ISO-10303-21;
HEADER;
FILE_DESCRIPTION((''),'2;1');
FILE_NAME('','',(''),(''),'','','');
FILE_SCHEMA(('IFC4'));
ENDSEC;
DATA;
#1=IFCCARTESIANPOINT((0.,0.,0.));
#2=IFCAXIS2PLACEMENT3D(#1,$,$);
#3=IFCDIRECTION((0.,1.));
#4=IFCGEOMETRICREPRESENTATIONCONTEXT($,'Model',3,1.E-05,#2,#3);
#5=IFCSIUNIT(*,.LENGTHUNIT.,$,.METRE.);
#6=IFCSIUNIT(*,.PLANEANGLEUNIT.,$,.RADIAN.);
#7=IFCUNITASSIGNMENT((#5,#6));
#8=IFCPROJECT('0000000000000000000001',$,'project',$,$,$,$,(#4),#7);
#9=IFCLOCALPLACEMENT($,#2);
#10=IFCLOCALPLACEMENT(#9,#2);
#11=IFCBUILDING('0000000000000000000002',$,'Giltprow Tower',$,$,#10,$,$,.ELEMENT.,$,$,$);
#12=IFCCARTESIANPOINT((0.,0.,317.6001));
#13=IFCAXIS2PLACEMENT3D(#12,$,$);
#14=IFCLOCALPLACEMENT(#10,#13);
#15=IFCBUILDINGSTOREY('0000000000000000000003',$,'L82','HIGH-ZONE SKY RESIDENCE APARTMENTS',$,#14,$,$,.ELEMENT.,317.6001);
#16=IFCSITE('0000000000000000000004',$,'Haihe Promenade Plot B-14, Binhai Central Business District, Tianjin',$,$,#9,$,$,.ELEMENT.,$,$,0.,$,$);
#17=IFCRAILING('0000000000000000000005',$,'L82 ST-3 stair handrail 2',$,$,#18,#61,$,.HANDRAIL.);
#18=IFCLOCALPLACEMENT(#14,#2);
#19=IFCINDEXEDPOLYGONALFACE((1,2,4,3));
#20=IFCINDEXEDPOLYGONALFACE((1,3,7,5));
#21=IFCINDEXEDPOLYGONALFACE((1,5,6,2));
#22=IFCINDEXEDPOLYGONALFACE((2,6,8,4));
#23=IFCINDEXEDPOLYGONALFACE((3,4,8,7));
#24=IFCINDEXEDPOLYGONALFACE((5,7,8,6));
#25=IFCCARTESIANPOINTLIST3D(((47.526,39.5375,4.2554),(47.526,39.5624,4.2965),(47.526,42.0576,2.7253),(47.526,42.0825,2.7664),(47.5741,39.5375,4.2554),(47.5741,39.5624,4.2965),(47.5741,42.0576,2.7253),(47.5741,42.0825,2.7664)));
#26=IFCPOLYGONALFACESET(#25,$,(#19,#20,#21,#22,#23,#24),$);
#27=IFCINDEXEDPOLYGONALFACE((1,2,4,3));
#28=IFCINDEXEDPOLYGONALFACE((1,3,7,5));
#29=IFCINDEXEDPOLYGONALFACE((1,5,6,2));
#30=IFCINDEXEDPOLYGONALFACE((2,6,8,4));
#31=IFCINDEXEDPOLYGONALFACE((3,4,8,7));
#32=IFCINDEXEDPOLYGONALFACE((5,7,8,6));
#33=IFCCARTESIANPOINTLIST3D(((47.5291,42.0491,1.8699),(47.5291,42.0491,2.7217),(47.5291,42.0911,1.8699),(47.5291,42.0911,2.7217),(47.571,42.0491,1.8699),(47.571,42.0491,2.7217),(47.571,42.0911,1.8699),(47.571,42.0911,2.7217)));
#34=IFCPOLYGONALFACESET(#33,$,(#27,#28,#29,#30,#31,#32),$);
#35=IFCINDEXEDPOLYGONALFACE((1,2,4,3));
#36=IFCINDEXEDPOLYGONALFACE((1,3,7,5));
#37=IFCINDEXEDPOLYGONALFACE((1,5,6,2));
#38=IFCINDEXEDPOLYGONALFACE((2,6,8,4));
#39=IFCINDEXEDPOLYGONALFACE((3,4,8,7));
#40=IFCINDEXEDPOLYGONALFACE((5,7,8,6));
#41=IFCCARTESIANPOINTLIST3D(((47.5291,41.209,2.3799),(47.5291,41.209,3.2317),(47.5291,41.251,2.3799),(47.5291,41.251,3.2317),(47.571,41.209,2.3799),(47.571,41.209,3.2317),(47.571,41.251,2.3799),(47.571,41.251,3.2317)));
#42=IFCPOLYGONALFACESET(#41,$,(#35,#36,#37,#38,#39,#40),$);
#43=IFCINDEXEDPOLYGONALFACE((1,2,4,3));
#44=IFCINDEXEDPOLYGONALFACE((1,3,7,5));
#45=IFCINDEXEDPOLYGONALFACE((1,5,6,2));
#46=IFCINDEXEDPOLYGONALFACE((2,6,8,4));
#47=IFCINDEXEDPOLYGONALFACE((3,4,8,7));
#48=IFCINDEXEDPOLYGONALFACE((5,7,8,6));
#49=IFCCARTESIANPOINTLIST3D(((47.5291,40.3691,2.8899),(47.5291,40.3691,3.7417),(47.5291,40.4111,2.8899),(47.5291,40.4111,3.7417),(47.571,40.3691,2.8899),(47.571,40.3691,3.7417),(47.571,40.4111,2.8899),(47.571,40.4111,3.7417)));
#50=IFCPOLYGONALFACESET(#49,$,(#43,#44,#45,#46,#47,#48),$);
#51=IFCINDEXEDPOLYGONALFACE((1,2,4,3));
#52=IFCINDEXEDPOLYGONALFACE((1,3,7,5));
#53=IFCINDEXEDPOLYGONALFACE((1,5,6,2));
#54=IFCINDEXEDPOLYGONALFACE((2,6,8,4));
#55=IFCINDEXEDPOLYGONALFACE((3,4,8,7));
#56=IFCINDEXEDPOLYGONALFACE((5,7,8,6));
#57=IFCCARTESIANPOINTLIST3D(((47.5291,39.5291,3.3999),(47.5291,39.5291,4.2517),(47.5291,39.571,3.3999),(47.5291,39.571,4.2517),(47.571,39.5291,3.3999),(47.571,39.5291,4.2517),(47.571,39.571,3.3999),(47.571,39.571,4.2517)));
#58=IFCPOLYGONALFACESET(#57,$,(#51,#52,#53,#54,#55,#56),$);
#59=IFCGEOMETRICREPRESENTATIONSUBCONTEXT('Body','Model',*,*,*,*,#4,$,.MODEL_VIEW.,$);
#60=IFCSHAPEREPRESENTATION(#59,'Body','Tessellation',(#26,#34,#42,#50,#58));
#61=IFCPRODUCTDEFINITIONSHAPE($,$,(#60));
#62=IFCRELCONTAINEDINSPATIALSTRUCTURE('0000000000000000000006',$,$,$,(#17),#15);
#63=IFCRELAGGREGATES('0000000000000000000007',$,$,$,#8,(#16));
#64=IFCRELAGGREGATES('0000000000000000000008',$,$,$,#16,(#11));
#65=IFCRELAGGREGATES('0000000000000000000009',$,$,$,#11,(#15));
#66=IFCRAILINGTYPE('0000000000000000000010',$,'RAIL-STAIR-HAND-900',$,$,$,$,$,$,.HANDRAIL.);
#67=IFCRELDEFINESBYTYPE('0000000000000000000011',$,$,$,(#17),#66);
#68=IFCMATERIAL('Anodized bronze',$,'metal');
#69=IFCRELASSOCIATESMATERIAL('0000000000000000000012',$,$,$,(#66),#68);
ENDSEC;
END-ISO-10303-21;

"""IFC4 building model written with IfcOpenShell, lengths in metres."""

from ifc_helpers import new_model, si_unit, direction, frame, origin, origin_2d, place, context, subcontext, project, spatial, rectangle, extrude, material, type_object, element, save


model = new_model("IFC4")

# Units and contexts
model_context = context("Model", 3, precision=1e-05, world=origin(), true_north=direction((0.0, 1.0)))
body_context = subcontext(model_context, "Body", "Model", "MODEL_VIEW")
ifc_project = project(units=[si_unit("LENGTHUNIT", "METRE"), si_unit("PLANEANGLEUNIT", "RADIAN")], contexts=[model_context])

# Site, building, storey
site_placement = place(None, origin())
site = spatial("IfcSite", under=ifc_project, at=site_placement, Name="Haihe Promenade Plot B-14, Binhai Central Business District, Tianjin", CompositionType="ELEMENT", RefElevation=0.0)
building_placement = place(site_placement, origin())
building = spatial("IfcBuilding", under=site, at=building_placement, Name="Giltprow Tower", CompositionType="ELEMENT")
storey_placement = place(building_placement, frame((0.0, 0.0, 317.6001)))
storey = spatial("IfcBuildingStorey", under=building, at=storey_placement, Name="L82", Description="HIGH-ZONE SKY RESIDENCE APARTMENTS", CompositionType="ELEMENT", Elevation=317.6001)

# Railing
ifc_material_1 = material(Name="Anodized bronze", Category="metal")
railing_type_1 = type_object("IfcRailingType", Name="RAIL-STAIR-HAND-900", PredefinedType="HANDRAIL", material=ifc_material_1)
railing_1_placement = place(storey_placement, frame((47.55, 42.0701, 1.8699)))
element("IfcRailing", 1, at=railing_1_placement, inside=storey, type_object=railing_type_1, Name="L82 ST-3 stair handrail 2", PredefinedType="HANDRAIL", context=body_context, shape_type="SweptSolid", body=[
    extrude(rectangle(XDim=0.0481, YDim=0.0481, at=origin_2d()), frame((0.0, 0.0, 0.876), z_axis=(0.0, -0.854785, 0.518982), x_axis=(1.0, 0.0, 0.0)), (0.0, 0.0, 1.0), 2.9482),
    extrude(rectangle(XDim=0.042, YDim=0.042, at=origin_2d()), origin(), (0.0, 0.0, 1.0), 0.8518),
    extrude(rectangle(XDim=0.042, YDim=0.042, at=origin_2d()), frame((0.0, -0.8401, 0.51)), (0.0, 0.0, 1.0), 0.8518),
    extrude(rectangle(XDim=0.042, YDim=0.042, at=origin_2d()), frame((0.0, -1.6799, 1.02)), (0.0, 0.0, 1.0), 0.8518),
    extrude(rectangle(XDim=0.042, YDim=0.042, at=origin_2d()), frame((0.0, -2.52, 1.53)), (0.0, 0.0, 1.0), 0.8518),
])

save(model, "model.ifc")
